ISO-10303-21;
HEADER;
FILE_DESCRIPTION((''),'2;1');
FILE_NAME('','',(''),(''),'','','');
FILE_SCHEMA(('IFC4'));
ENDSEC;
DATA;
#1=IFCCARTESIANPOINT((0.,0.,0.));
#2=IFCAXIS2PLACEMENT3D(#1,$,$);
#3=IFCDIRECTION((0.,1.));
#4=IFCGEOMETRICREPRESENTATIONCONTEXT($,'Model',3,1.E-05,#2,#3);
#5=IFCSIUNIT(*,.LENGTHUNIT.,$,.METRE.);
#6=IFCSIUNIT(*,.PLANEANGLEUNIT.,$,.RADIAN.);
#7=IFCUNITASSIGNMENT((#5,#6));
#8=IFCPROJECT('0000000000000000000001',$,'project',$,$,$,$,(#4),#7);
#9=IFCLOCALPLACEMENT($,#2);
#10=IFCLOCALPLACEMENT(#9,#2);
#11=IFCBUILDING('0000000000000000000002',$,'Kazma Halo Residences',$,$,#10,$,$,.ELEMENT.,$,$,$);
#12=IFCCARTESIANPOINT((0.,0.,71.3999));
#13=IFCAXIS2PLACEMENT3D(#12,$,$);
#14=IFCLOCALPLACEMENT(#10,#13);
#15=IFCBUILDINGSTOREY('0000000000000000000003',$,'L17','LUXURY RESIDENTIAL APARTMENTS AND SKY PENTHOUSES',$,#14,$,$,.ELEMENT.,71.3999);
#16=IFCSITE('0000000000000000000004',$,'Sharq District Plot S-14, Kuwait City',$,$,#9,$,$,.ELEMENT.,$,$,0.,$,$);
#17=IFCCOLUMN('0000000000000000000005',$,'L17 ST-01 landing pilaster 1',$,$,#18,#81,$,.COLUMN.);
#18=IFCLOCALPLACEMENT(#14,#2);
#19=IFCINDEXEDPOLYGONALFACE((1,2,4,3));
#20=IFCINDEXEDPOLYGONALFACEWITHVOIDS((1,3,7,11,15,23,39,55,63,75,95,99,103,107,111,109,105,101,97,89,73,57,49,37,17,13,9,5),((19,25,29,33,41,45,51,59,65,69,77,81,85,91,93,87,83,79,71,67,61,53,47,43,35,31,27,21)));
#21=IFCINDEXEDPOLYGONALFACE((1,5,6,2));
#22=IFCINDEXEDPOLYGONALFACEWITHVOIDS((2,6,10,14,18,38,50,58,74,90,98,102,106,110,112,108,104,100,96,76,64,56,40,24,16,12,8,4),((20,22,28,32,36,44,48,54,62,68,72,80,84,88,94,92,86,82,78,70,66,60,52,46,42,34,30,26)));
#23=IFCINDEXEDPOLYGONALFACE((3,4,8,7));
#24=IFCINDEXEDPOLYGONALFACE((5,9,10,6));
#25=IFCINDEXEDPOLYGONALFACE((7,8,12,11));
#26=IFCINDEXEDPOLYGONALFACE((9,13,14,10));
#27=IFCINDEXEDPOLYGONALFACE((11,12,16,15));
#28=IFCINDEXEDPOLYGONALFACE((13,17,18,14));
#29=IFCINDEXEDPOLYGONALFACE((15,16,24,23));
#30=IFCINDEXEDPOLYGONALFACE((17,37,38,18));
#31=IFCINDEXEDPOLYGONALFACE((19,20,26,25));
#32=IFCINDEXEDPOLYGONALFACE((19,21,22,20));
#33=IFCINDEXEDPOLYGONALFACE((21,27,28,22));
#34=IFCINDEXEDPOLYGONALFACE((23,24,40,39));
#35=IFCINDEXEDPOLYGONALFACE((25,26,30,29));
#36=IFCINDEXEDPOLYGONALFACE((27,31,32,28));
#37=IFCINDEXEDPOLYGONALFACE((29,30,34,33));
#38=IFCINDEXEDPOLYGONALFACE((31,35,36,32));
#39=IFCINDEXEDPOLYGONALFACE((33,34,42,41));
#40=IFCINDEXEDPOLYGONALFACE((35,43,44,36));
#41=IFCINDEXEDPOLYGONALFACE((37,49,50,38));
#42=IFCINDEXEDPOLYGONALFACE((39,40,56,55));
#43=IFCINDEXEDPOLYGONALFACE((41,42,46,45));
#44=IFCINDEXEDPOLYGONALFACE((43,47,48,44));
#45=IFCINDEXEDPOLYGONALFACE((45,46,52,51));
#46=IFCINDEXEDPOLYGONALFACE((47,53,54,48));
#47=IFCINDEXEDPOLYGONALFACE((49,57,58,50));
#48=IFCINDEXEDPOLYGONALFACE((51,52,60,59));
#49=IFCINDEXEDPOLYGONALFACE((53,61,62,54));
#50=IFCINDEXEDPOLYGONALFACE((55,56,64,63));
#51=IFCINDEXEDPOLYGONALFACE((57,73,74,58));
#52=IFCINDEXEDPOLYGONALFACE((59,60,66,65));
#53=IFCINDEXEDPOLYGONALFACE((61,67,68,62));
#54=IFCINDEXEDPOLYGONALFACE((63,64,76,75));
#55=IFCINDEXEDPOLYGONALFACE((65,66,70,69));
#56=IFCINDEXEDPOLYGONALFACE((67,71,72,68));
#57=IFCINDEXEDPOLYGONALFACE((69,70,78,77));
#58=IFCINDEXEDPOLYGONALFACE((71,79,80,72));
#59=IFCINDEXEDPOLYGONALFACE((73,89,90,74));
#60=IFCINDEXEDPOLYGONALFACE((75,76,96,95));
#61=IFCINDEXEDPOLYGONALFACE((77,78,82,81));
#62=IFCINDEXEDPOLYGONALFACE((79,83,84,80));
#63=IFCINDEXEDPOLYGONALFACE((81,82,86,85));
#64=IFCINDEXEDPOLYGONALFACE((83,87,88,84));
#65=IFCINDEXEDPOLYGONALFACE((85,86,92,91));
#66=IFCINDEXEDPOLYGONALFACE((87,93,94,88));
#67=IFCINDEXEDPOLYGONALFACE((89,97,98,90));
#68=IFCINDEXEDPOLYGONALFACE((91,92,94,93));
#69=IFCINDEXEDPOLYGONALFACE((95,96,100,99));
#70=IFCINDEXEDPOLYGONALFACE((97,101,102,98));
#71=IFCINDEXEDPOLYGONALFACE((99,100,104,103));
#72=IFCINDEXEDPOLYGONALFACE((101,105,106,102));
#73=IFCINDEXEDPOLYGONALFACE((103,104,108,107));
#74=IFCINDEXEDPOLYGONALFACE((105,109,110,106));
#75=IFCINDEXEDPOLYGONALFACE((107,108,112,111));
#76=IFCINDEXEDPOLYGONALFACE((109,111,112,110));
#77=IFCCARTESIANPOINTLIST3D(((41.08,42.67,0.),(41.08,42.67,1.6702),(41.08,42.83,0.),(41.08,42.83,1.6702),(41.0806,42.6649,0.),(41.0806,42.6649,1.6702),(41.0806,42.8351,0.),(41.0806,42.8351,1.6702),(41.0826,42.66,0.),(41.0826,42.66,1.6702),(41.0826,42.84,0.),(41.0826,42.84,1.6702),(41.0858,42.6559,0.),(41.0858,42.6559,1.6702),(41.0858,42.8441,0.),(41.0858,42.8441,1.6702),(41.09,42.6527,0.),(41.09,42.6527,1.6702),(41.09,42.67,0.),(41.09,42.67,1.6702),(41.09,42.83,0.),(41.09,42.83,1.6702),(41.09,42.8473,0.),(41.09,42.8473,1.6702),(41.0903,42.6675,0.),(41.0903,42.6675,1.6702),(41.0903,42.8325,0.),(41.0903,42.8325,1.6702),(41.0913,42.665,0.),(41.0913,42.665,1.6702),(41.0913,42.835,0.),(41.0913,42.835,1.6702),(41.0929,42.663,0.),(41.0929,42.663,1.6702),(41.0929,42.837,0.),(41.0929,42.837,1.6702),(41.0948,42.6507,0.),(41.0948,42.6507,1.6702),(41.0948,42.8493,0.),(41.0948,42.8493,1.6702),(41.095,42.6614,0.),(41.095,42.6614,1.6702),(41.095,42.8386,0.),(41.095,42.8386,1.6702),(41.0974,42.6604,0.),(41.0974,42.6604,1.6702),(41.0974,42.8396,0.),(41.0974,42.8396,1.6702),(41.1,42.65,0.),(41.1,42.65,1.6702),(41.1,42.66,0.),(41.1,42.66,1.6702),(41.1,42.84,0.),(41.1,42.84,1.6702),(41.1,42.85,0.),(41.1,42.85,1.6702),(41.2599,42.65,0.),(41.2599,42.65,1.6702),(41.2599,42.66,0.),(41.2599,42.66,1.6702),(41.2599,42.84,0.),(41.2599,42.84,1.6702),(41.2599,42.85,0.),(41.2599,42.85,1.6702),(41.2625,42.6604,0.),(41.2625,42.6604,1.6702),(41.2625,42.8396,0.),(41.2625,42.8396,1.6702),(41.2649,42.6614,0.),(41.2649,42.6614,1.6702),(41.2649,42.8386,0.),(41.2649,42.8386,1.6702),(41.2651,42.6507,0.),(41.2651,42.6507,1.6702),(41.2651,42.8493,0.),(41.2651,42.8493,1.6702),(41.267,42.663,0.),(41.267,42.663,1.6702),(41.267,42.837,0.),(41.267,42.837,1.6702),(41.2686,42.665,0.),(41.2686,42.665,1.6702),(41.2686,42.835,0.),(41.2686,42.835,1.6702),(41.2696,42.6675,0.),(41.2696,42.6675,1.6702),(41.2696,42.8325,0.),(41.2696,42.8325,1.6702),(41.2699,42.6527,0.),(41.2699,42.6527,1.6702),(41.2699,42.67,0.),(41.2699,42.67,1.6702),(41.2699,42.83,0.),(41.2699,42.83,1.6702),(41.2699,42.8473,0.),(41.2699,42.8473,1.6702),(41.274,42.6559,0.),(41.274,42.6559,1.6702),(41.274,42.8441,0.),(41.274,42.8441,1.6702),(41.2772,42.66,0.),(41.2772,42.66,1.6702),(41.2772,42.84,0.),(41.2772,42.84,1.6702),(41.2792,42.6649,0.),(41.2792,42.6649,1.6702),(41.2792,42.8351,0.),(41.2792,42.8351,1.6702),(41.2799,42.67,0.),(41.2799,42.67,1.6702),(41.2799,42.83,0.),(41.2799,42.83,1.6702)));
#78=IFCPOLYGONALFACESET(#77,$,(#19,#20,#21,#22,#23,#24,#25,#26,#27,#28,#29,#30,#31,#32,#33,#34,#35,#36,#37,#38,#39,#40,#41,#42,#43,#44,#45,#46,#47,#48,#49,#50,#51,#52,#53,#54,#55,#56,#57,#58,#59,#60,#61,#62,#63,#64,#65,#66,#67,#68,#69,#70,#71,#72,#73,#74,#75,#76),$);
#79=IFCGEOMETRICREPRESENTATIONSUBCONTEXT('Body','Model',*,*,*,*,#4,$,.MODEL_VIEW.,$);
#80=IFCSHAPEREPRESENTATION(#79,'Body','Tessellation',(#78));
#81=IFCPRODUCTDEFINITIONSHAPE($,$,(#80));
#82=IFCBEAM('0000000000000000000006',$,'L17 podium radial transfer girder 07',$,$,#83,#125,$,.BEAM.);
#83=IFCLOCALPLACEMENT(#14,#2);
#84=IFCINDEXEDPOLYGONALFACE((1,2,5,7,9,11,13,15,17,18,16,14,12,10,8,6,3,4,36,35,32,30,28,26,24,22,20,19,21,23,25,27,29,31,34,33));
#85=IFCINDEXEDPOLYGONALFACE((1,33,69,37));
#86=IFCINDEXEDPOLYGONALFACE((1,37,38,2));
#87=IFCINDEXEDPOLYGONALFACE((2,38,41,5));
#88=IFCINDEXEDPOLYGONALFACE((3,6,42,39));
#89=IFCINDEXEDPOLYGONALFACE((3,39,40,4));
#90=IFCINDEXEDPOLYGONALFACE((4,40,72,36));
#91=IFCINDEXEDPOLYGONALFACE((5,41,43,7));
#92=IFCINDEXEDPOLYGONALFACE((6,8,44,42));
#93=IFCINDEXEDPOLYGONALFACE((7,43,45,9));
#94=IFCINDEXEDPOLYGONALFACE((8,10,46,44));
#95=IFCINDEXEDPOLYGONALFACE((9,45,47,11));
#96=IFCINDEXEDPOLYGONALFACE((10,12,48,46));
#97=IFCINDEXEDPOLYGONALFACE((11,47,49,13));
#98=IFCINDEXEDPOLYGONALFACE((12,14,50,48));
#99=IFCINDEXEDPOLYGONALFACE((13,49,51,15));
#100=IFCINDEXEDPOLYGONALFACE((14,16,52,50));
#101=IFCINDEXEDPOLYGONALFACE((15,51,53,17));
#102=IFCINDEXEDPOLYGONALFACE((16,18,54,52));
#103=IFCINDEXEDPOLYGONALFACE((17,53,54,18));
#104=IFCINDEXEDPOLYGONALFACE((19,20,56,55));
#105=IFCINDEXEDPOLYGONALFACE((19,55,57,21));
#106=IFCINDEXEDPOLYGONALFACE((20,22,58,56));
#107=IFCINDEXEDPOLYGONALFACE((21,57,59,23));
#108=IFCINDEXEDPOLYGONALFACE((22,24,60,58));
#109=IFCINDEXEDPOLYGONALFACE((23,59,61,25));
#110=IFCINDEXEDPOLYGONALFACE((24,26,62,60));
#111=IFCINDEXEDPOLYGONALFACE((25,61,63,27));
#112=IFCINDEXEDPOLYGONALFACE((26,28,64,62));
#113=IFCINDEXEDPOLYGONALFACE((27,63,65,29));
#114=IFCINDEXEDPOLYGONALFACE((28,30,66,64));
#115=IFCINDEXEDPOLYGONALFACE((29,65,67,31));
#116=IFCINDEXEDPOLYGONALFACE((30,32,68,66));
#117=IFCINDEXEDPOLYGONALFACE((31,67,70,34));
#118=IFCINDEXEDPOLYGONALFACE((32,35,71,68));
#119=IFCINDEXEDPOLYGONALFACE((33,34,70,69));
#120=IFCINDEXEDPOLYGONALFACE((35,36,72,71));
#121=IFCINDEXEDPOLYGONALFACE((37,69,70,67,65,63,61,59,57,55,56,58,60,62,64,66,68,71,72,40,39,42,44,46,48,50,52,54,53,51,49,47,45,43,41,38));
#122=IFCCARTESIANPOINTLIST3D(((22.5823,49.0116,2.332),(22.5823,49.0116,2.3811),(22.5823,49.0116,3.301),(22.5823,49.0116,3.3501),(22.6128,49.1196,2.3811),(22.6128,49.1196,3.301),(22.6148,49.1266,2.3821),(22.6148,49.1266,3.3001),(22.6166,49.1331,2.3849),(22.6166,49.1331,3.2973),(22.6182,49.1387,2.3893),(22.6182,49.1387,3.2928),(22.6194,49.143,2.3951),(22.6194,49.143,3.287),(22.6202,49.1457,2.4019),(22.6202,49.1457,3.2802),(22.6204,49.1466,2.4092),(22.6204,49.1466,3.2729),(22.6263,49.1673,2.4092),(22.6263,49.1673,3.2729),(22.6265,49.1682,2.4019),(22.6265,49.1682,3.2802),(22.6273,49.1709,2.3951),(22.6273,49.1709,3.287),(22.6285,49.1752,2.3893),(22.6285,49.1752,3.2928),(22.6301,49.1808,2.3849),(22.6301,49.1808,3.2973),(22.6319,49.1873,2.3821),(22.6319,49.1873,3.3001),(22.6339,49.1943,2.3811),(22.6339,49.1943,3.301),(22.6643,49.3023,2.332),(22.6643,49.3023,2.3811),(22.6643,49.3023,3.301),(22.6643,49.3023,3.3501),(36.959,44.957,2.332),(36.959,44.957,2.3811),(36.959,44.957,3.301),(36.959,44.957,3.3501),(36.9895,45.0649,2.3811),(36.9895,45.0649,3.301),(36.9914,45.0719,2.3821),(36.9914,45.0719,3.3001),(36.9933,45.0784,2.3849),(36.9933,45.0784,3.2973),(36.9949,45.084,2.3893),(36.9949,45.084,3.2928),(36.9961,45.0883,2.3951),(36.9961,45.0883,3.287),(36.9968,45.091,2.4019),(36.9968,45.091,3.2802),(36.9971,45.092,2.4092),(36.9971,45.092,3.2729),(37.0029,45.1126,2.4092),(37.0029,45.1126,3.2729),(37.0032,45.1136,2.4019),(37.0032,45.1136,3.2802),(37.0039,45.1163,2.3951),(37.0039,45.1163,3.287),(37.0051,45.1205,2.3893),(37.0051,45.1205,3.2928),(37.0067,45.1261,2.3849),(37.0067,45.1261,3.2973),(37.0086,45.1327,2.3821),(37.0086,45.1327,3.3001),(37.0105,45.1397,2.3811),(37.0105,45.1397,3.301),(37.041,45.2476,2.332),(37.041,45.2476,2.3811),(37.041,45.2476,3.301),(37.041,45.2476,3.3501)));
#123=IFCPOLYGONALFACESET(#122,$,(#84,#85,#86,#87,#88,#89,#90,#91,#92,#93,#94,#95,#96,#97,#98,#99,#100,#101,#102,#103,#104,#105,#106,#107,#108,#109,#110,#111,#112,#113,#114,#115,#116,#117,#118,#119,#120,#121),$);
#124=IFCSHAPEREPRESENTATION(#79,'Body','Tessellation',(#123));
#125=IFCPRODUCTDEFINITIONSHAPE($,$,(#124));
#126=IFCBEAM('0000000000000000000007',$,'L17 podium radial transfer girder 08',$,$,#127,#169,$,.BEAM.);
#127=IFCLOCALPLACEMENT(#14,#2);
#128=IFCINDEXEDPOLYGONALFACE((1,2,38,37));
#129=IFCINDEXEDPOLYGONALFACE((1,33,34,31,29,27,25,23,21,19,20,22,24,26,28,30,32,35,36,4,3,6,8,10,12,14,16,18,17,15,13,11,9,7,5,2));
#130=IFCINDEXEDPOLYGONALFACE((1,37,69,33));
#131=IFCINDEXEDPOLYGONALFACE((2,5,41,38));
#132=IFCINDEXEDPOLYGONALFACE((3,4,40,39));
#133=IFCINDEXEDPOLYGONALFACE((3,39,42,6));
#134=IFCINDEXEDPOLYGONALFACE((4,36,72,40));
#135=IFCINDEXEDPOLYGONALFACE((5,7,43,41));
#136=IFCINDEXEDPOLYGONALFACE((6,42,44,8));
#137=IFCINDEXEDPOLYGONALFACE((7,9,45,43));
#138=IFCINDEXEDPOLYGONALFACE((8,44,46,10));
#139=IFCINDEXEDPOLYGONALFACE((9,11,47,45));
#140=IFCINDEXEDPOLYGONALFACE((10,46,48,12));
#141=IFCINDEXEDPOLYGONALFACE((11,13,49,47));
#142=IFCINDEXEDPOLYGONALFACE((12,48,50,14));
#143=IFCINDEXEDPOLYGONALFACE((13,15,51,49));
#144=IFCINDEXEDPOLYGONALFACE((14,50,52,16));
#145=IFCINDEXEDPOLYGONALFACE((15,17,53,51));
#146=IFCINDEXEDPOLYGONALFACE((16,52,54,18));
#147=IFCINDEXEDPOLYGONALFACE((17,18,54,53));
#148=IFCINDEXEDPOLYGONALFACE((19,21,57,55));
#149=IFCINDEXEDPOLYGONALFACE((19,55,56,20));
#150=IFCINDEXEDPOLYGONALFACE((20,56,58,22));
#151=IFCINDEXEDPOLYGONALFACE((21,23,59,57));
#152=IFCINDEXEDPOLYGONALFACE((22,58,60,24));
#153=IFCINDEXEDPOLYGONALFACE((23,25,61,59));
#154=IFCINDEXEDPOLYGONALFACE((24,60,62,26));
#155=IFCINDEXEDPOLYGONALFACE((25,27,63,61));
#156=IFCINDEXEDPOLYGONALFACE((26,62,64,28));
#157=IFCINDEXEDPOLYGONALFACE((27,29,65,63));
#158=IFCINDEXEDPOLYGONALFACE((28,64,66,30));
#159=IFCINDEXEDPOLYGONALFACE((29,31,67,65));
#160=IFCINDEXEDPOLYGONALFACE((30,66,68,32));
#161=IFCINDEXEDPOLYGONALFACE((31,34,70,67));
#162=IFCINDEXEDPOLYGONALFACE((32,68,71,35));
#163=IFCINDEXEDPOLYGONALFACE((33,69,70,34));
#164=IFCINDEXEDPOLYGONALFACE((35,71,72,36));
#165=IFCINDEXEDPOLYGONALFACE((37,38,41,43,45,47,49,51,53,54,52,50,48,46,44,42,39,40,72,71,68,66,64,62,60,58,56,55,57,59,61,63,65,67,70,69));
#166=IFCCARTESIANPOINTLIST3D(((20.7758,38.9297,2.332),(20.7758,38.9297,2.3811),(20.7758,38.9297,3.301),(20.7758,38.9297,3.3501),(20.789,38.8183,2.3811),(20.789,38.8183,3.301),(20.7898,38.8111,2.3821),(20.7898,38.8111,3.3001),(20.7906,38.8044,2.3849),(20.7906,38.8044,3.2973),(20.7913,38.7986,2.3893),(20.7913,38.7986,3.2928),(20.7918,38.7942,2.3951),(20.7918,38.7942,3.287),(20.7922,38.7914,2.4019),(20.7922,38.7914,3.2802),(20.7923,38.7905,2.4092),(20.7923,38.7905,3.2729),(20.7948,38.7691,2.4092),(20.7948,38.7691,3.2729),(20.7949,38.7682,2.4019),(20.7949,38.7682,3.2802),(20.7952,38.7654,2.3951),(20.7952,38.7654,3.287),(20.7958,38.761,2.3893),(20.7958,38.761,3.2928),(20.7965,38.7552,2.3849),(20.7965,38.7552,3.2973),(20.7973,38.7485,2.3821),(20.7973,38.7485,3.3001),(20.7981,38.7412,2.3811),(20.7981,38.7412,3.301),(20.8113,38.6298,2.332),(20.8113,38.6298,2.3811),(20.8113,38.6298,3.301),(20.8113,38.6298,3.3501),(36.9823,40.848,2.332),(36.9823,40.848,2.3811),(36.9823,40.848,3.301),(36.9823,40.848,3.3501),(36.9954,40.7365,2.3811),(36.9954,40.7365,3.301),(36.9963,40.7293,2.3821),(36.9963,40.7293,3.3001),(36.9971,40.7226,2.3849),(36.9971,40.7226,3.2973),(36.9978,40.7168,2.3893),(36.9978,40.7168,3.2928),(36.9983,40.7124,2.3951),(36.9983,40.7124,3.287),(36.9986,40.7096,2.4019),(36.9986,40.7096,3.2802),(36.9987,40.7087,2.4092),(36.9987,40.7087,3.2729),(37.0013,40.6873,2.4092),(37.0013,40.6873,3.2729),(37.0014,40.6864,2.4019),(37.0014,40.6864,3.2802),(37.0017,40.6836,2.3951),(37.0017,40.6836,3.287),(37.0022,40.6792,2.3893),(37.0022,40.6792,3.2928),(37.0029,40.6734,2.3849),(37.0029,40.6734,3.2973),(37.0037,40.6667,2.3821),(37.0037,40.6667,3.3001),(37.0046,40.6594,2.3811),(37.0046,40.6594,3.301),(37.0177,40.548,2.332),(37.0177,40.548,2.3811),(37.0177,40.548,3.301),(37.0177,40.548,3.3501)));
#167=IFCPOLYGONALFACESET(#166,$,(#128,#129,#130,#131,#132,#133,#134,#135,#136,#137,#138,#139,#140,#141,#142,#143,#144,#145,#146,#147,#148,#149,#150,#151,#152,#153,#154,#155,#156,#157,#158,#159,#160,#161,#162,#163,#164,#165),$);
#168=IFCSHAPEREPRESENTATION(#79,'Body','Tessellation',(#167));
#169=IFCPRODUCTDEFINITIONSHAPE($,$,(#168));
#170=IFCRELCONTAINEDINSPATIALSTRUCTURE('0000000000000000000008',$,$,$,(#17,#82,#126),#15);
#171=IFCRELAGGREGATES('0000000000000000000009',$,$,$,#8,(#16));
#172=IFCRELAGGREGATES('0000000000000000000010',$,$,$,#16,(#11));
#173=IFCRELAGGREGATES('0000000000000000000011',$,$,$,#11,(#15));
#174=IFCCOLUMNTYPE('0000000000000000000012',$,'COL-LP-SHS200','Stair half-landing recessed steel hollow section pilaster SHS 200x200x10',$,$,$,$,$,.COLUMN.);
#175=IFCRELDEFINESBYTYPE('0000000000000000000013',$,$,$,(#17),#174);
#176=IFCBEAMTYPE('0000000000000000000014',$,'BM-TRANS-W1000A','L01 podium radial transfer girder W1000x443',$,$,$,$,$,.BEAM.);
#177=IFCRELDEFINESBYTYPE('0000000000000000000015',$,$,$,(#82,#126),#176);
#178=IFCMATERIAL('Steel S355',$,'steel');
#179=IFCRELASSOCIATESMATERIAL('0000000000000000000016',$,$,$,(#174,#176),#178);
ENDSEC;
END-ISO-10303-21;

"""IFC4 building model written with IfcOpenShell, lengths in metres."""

from ifc_helpers import new_model, si_unit, direction, frame, origin, origin_2d, place, context, subcontext, project, spatial, hollow_rectangle, i_section, extrude, material, material_profile, profile_set, type_object, element, save


model = new_model("IFC4")

# Units and contexts
model_context = context("Model", 3, precision=1e-05, world=origin(), true_north=direction((0.0, 1.0)))
body_context = subcontext(model_context, "Body", "Model", "MODEL_VIEW")
ifc_project = project(units=[si_unit("LENGTHUNIT", "METRE"), si_unit("PLANEANGLEUNIT", "RADIAN")], contexts=[model_context])

# Site, building, storey
site_placement = place(None, origin())
site = spatial("IfcSite", under=ifc_project, at=site_placement, Name="Sharq District Plot S-14, Kuwait City", CompositionType="ELEMENT", RefElevation=0.0)
building_placement = place(site_placement, origin())
building = spatial("IfcBuilding", under=site, at=building_placement, Name="Kazma Halo Residences", CompositionType="ELEMENT")
storey_placement = place(building_placement, frame((0.0, 0.0, 71.3999)))
storey = spatial("IfcBuildingStorey", under=building, at=storey_placement, Name="L17", Description="LUXURY RESIDENTIAL APARTMENTS AND SKY PENTHOUSES", CompositionType="ELEMENT", Elevation=71.3999)

# Column
ifc_material_1 = material(Name="Steel S355", Category="steel")
ifc_material_profile_1 = material_profile(ifc_material_1, hollow_rectangle(XDim=0.2, YDim=0.2, WallThickness=0.01, InnerFilletRadius=0.01, OuterFilletRadius=0.02, at=origin_2d()), Name="SHS200x200x10")
ifc_profile_set_1 = profile_set([ifc_material_profile_1], Name="Steel S355")
column_type = type_object("IfcColumnType", Name="COL-LP-SHS200", Description="Stair half-landing recessed steel hollow section pilaster SHS 200x200x10", PredefinedType="COLUMN", material=ifc_profile_set_1)
column_placement = place(storey_placement, frame((41.1799, 42.75, 0.0), z_axis=(0.0, 0.0, 1.0), x_axis=(1.0, 0.0, 0.0)))
element("IfcColumn", 1, at=column_placement, inside=storey, type_object=column_type, Name="L17 ST-01 landing pilaster 1", PredefinedType="COLUMN", context=body_context, shape_type="SweptSolid", body=[
    extrude(hollow_rectangle(XDim=0.2, YDim=0.2, WallThickness=0.01, InnerFilletRadius=0.01, OuterFilletRadius=0.02, at=origin_2d()), origin(), (0.0, 0.0, 1.0), 1.6702),
])

# Beams
ifc_material_profile_2 = material_profile(ifc_material_1, i_section(OverallWidth=0.302, OverallDepth=1.0181, WebThickness=0.0215, FlangeThickness=0.0491, FilletRadius=0.0281, at=origin_2d()), Name="W1000x443")
ifc_profile_set_2 = profile_set([ifc_material_profile_2], Name="Steel S355")
beam_type_1 = type_object("IfcBeamType", Name="BM-TRANS-W1000A", Description="L01 podium radial transfer girder W1000x443", PredefinedType="BEAM", material=ifc_profile_set_2)
beam_1_placement = place(storey_placement, frame((37.0, 45.1023, 2.8411), z_axis=(-0.962455, 0.271443, 0.0), x_axis=(-0.271443, -0.962455, 0.0)))
element("IfcBeam", 2, at=beam_1_placement, inside=storey, type_object=beam_type_1, Name="L17 podium radial transfer girder 07", PredefinedType="BEAM", context=body_context, shape_type="SweptSolid", body=[
    extrude(i_section(OverallWidth=0.302, OverallDepth=1.0181, WebThickness=0.0215, FlangeThickness=0.0491, FilletRadius=0.0281, at=origin_2d()), origin(), (0.0, 0.0, 1.0), 14.9375),
])
beam_2_placement = place(storey_placement, frame((37.0, 40.698, 2.8411), z_axis=(-0.993068, -0.11754, 0.0), x_axis=(0.11754, -0.993068, 0.0)))
element("IfcBeam", 3, at=beam_2_placement, inside=storey, type_object=beam_type_1, Name="L17 podium radial transfer girder 08", PredefinedType="BEAM", context=body_context, shape_type="SweptSolid", body=[
    extrude(i_section(OverallWidth=0.302, OverallDepth=1.0181, WebThickness=0.0215, FlangeThickness=0.0491, FilletRadius=0.0281, at=origin_2d()), origin(), (0.0, 0.0, 1.0), 16.3196),
])

save(model, "model.ifc")
